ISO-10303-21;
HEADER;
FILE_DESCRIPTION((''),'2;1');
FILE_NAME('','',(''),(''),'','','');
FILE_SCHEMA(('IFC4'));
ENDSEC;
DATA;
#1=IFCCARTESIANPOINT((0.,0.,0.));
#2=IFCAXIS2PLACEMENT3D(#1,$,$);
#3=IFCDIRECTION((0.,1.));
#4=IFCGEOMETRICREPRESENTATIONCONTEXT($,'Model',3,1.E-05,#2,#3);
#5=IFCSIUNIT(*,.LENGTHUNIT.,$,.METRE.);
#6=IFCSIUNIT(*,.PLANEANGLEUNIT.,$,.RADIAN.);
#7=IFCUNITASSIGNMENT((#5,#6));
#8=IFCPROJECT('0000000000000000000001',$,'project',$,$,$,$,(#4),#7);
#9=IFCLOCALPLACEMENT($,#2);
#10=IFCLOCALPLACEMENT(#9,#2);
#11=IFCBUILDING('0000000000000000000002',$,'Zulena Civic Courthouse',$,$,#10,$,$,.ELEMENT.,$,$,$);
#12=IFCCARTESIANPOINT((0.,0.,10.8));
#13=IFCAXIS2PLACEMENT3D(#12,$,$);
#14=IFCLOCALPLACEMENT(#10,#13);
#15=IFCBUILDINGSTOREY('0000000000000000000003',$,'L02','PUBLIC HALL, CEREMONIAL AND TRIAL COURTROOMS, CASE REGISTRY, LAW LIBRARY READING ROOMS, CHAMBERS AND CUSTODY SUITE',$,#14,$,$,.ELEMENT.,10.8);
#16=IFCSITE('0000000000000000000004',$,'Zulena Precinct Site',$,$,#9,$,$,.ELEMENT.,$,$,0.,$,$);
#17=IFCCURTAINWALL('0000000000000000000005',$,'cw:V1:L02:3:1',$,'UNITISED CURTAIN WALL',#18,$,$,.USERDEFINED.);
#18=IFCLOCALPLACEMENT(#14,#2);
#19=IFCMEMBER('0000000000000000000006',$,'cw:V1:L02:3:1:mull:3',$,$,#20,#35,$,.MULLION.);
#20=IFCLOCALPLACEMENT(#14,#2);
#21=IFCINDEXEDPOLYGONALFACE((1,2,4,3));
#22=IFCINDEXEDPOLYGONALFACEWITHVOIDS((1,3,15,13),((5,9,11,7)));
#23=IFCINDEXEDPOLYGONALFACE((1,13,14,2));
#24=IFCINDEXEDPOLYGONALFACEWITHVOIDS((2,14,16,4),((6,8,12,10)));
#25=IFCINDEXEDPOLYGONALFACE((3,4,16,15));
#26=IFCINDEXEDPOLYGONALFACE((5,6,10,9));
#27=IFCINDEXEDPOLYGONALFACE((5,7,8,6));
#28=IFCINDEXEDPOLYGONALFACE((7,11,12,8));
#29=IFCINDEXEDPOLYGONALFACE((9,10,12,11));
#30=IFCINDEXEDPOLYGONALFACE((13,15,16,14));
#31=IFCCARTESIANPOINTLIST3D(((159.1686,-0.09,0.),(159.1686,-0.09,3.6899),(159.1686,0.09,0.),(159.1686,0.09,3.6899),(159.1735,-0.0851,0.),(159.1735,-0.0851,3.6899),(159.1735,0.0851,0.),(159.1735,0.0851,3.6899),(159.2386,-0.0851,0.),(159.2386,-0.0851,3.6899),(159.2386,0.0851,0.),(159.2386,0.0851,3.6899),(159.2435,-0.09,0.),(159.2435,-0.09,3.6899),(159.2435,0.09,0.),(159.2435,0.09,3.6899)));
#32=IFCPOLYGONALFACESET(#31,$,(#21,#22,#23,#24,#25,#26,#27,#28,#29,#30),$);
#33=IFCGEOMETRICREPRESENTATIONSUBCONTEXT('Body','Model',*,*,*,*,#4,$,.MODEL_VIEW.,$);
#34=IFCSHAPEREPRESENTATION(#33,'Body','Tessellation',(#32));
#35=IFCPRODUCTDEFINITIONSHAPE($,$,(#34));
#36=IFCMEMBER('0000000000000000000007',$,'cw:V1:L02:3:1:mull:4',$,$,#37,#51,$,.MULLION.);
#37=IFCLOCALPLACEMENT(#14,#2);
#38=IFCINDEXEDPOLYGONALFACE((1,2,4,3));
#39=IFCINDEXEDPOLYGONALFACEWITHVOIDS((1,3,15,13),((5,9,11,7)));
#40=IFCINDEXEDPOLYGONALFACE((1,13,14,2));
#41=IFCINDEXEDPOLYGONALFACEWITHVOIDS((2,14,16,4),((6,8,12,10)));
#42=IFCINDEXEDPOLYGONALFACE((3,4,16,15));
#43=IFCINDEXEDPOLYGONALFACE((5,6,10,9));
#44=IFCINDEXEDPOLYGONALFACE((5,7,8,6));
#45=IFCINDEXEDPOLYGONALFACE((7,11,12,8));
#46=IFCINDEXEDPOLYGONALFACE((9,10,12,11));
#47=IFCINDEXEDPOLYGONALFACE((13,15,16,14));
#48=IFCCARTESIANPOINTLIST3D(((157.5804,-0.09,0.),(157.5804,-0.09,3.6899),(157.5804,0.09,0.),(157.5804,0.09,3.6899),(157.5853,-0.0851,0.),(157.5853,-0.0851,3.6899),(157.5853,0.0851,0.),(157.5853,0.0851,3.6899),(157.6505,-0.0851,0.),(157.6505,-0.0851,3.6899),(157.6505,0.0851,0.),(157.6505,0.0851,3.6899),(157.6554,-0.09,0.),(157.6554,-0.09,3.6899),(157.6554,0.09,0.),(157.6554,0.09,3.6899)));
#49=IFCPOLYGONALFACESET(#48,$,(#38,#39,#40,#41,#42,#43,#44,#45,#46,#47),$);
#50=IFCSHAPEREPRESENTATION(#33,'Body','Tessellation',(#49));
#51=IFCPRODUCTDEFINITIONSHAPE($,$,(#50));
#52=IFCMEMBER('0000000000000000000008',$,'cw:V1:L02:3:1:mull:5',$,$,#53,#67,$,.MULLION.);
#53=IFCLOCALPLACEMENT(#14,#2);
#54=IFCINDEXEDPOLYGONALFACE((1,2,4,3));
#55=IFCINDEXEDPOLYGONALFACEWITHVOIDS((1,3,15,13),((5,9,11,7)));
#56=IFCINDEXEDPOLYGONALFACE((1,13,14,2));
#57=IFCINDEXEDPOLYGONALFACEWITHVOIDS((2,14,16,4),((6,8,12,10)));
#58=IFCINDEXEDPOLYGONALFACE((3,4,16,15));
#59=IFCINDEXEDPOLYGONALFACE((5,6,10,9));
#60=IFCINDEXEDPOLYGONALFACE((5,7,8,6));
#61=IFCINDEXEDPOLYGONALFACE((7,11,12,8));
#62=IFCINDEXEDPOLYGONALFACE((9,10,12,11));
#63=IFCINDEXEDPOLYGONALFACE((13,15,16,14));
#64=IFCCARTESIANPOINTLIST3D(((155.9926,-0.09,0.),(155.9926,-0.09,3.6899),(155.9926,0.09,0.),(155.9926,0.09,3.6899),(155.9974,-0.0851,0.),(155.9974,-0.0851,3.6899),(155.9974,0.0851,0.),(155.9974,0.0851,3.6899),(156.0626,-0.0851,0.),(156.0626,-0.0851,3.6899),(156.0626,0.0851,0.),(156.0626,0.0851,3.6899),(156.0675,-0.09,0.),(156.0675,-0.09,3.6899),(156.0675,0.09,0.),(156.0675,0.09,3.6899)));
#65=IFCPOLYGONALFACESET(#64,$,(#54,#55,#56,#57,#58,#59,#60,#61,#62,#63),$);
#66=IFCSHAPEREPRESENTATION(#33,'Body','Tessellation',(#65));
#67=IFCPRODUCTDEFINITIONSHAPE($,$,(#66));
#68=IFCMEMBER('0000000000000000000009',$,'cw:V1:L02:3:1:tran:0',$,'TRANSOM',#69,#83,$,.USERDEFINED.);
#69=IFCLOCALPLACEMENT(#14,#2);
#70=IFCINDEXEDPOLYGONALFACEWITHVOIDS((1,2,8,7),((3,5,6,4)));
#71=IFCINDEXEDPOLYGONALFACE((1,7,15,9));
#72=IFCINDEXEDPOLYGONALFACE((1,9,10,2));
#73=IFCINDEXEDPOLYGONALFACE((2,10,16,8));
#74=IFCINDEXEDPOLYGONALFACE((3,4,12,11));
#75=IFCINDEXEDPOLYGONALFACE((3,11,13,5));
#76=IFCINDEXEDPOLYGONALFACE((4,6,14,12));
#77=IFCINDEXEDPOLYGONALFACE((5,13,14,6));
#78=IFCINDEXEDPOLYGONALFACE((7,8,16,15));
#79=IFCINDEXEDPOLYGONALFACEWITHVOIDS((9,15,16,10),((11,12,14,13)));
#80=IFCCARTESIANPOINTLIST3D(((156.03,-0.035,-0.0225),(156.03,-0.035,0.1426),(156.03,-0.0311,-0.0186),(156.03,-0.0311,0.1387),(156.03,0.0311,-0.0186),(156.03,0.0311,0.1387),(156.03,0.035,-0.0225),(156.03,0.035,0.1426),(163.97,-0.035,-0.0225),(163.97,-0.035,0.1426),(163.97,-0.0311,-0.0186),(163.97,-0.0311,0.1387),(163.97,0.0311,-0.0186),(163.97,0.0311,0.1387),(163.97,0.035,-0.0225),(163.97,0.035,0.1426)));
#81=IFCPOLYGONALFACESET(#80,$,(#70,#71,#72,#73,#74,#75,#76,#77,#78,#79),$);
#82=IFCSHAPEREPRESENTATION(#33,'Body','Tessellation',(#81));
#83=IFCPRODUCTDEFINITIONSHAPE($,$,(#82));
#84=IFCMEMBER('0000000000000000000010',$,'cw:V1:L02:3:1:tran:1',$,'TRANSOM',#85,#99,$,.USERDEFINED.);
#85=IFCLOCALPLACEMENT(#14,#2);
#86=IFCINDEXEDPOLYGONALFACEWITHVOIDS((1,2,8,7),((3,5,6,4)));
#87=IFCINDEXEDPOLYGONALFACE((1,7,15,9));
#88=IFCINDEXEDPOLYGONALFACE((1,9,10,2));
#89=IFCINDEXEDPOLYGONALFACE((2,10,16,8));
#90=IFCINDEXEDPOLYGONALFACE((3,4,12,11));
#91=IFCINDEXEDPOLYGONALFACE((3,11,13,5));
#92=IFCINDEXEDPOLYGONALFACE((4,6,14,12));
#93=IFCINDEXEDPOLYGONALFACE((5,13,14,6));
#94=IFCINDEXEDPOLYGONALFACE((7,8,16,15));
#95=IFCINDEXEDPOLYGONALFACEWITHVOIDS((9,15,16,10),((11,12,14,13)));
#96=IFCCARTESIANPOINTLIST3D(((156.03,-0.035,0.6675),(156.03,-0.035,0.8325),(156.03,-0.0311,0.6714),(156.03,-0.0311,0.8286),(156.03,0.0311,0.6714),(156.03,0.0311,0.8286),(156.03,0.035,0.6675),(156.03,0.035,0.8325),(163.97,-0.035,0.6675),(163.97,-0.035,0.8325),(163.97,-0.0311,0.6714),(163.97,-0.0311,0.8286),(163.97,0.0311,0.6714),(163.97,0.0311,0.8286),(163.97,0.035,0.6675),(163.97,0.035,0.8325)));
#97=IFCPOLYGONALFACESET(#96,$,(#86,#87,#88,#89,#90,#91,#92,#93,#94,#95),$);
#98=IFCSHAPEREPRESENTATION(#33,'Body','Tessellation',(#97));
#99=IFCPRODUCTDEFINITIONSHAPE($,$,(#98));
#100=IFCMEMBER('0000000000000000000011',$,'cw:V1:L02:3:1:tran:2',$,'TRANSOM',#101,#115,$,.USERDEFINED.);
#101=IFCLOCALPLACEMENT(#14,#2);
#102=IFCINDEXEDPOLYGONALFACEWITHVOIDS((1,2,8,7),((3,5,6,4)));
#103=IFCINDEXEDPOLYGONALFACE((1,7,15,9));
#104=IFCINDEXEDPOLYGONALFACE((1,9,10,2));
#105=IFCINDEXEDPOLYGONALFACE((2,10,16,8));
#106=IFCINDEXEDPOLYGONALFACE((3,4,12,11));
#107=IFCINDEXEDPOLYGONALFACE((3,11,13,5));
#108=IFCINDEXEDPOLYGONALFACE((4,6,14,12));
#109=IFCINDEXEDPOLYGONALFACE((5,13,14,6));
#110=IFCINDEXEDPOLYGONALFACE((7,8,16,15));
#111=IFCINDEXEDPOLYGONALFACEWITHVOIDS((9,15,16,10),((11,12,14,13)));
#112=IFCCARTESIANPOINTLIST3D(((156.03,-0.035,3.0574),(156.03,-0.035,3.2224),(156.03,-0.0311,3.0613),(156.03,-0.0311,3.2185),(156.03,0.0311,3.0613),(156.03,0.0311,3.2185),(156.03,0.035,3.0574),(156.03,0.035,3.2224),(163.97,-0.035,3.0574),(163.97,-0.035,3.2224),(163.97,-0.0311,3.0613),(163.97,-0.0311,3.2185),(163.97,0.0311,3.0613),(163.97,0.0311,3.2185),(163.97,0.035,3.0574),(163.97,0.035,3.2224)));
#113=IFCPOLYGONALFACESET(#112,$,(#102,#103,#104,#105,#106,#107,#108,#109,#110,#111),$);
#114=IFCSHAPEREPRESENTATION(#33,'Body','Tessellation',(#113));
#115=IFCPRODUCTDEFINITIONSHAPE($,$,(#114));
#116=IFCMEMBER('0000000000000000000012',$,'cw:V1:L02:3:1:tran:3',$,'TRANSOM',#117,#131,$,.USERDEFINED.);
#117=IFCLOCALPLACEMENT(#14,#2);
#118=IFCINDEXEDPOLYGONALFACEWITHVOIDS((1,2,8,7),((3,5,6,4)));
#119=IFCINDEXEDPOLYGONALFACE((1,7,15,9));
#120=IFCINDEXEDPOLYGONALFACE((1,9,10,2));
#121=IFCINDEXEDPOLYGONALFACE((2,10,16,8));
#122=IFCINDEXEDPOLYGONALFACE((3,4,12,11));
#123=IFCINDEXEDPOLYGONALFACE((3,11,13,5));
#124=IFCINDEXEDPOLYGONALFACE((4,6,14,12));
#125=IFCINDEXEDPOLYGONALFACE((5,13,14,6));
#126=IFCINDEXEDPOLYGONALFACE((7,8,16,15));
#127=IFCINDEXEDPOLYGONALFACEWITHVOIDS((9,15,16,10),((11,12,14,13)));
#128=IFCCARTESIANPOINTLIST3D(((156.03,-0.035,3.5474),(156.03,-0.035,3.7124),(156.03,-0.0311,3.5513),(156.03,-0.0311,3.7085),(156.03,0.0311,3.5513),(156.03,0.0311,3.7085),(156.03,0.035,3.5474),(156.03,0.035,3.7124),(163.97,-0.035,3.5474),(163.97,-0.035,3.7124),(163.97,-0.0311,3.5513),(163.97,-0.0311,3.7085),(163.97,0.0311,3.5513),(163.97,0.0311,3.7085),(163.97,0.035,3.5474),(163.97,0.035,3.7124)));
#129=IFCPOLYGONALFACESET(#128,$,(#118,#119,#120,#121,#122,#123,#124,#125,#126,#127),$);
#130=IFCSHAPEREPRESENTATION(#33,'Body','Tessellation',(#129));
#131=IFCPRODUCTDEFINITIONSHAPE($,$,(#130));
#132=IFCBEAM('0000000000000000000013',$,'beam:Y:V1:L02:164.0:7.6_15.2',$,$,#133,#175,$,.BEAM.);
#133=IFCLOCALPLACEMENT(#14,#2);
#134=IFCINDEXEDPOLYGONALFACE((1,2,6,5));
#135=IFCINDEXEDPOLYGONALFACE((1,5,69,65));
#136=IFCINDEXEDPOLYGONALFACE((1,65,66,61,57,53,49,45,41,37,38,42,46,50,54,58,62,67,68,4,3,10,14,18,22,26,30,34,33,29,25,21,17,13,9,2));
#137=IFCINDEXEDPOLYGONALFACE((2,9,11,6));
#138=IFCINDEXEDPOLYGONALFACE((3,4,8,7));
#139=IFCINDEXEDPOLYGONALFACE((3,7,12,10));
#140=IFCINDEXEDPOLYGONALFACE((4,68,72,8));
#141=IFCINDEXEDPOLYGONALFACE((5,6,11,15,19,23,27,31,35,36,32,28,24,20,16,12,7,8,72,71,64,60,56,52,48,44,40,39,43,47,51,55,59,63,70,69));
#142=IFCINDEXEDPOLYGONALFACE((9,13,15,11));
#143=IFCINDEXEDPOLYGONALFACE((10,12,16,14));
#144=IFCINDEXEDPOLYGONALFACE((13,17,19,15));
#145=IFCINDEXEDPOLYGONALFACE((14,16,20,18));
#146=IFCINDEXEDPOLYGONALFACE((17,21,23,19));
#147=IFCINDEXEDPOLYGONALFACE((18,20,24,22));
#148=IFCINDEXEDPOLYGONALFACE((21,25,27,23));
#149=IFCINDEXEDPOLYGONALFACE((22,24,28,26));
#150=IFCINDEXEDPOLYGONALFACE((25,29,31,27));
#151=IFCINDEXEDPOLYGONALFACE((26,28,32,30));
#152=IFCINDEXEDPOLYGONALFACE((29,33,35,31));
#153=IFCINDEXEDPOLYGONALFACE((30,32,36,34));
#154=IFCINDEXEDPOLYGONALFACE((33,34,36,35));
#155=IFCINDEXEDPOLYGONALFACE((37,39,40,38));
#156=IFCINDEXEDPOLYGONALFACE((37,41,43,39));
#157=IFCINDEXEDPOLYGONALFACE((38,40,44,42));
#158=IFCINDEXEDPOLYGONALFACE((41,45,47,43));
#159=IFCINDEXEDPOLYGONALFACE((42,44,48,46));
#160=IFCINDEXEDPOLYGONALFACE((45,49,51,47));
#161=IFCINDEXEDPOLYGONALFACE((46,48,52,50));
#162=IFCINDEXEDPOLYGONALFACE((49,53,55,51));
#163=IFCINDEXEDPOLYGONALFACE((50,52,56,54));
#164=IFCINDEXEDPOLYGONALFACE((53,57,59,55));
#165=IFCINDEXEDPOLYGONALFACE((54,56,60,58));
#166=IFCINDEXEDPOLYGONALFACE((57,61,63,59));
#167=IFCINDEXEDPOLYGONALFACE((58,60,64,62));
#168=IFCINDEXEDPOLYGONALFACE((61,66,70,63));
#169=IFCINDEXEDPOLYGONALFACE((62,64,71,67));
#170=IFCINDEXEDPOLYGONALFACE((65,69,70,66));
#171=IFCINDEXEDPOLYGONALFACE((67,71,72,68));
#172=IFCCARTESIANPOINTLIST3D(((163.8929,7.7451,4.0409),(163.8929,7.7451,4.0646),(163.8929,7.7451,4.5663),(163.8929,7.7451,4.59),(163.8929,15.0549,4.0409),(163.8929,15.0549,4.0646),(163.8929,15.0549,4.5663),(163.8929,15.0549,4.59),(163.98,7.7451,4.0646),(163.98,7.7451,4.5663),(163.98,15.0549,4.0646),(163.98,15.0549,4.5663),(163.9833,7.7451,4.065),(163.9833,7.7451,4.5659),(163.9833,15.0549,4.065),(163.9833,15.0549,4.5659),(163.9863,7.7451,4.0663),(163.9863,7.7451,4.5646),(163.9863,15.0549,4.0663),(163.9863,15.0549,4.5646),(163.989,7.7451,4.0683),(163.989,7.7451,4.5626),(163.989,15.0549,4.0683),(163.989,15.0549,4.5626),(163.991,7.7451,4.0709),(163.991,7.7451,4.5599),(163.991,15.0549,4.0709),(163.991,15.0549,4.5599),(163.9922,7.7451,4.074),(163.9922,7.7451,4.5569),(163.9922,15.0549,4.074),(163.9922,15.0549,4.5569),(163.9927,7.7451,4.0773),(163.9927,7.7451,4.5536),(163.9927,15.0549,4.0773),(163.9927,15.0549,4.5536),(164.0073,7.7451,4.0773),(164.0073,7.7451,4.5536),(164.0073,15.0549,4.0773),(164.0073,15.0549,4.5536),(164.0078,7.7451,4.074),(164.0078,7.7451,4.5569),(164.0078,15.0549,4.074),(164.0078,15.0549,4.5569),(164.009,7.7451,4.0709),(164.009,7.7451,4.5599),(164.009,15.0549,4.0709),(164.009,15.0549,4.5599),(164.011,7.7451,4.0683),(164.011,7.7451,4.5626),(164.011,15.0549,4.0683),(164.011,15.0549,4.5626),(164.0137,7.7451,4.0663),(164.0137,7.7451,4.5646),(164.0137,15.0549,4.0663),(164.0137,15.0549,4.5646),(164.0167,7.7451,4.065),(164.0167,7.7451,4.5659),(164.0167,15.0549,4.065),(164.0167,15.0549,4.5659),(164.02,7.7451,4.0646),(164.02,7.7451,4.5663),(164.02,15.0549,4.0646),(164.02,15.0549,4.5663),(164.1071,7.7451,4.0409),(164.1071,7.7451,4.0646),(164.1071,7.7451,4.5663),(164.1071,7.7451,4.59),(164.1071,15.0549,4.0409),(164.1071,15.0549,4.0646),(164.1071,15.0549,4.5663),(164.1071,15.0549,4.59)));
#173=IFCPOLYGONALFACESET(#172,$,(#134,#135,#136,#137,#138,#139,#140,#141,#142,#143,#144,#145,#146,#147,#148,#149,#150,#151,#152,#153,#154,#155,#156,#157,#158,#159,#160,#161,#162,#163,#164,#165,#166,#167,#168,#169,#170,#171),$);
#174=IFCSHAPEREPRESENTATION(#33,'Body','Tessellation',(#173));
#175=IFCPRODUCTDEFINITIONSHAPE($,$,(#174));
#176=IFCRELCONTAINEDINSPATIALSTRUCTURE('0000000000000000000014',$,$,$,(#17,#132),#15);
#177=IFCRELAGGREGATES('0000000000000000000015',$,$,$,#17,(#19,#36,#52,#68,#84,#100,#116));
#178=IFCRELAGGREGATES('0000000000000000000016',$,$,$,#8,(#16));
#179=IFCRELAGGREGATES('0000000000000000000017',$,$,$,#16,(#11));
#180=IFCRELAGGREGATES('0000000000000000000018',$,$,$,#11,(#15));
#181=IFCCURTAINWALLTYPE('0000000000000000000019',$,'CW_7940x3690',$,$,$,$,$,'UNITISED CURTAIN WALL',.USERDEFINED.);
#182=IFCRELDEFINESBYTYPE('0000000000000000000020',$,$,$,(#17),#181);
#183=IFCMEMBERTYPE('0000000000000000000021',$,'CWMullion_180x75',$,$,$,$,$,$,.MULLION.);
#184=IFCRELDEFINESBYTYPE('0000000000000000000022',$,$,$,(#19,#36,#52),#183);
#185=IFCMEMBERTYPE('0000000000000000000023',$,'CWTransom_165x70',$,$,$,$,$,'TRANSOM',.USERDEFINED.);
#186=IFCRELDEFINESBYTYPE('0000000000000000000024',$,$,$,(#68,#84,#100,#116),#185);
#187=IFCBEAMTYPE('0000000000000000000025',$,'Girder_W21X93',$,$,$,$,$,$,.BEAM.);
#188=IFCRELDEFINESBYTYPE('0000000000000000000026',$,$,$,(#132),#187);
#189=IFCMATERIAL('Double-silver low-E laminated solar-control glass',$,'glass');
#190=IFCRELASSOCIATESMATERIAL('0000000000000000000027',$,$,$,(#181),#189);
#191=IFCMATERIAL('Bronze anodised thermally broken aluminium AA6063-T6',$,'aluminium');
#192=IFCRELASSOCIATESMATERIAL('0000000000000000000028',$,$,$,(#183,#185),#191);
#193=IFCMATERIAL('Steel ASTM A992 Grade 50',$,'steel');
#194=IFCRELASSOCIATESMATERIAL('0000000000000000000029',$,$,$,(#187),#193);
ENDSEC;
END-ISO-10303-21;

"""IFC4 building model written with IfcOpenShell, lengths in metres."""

from ifc_helpers import new_model, si_unit, direction, frame, origin, origin_2d, place, context, subcontext, project, spatial, hollow_rectangle, i_section, extrude, material, material_profile, profile_set, type_object, element, aggregate, save


model = new_model("IFC4")

# Units and contexts
model_context = context("Model", 3, precision=1e-05, world=origin(), true_north=direction((0.0, 1.0)))
body_context = subcontext(model_context, "Body", "Model", "MODEL_VIEW")
ifc_project = project(units=[si_unit("LENGTHUNIT", "METRE"), si_unit("PLANEANGLEUNIT", "RADIAN")], contexts=[model_context])

# Site, building, storey
site_placement = place(None, origin())
site = spatial("IfcSite", under=ifc_project, at=site_placement, Name="Zulena Precinct Site", CompositionType="ELEMENT", RefElevation=0.0)
building_placement = place(site_placement, origin())
building = spatial("IfcBuilding", under=site, at=building_placement, Name="Zulena Civic Courthouse", CompositionType="ELEMENT")
storey_placement = place(building_placement, frame((0.0, 0.0, 10.8)))
storey = spatial("IfcBuildingStorey", under=building, at=storey_placement, Name="L02", Description="PUBLIC HALL, CEREMONIAL AND TRIAL COURTROOMS, CASE REGISTRY, LAW LIBRARY READING ROOMS, CHAMBERS AND CUSTODY SUITE", CompositionType="ELEMENT", Elevation=10.8)

# Shared definitions
ifc_material_1 = material(Name="Steel ASTM A992 Grade 50", Category="steel")

# Curtain wall, members
ifc_material_2 = material(Name="Double-silver low-E laminated solar-control glass", Category="glass")
curtain_wall_type = type_object("IfcCurtainWallType", Name="CW_7940x3690", ElementType="UNITISED CURTAIN WALL", PredefinedType="USERDEFINED", material=ifc_material_2)
curtain_wall_placement = place(storey_placement, origin())
curtain_wall = element("IfcCurtainWall", 1, at=curtain_wall_placement, inside=storey, type_object=curtain_wall_type, Name="cw:V1:L02:3:1", ObjectType="UNITISED CURTAIN WALL", PredefinedType="USERDEFINED")
ifc_material_3 = material(Name="Bronze anodised thermally broken aluminium AA6063-T6", Category="aluminium")
ifc_material_profile_1 = material_profile(ifc_material_3, hollow_rectangle(XDim=0.075, YDim=0.1799, WallThickness=0.0049, at=origin_2d()), Name="CWM180X75X5")
ifc_profile_set_1 = profile_set([ifc_material_profile_1], Name="Bronze anodised thermally broken aluminium AA6063-T6")
member_type_1 = type_object("IfcMemberType", Name="CWMullion_180x75", PredefinedType="MULLION", material=ifc_profile_set_1)
member_1_placement = place(storey_placement, frame((159.2061, 0.0, 0.0), z_axis=(0.0, 0.0, 1.0), x_axis=(1.0, 0.0, 0.0)))
member_1 = element("IfcMember", 2, at=member_1_placement, type_object=member_type_1, Name="cw:V1:L02:3:1:mull:3", PredefinedType="MULLION", context=body_context, shape_type="SweptSolid", body=[
    extrude(hollow_rectangle(XDim=0.075, YDim=0.1799, WallThickness=0.0049, at=origin_2d()), origin(), (0.0, 0.0, 1.0), 3.6899),
])
member_2_placement = place(storey_placement, frame((157.6179, 0.0, 0.0), z_axis=(0.0, 0.0, 1.0), x_axis=(1.0, 0.0, 0.0)))
member_2 = element("IfcMember", 3, at=member_2_placement, type_object=member_type_1, Name="cw:V1:L02:3:1:mull:4", PredefinedType="MULLION", context=body_context, shape_type="SweptSolid", body=[
    extrude(hollow_rectangle(XDim=0.075, YDim=0.1799, WallThickness=0.0049, at=origin_2d()), origin(), (0.0, 0.0, 1.0), 3.6899),
])
member_3_placement = place(storey_placement, frame((156.03, 0.0, 0.0), z_axis=(0.0, 0.0, 1.0), x_axis=(1.0, 0.0, 0.0)))
member_3 = element("IfcMember", 4, at=member_3_placement, type_object=member_type_1, Name="cw:V1:L02:3:1:mull:5", PredefinedType="MULLION", context=body_context, shape_type="SweptSolid", body=[
    extrude(hollow_rectangle(XDim=0.075, YDim=0.1799, WallThickness=0.0049, at=origin_2d()), origin(), (0.0, 0.0, 1.0), 3.6899),
])
ifc_material_profile_2 = material_profile(ifc_material_3, hollow_rectangle(XDim=0.0701, YDim=0.165, WallThickness=0.0039, at=origin_2d()), Name="CWT165X70X4")
ifc_profile_set_2 = profile_set([ifc_material_profile_2], Name="Bronze anodised thermally broken aluminium AA6063-T6")
member_type_2 = type_object("IfcMemberType", Name="CWTransom_165x70", ElementType="TRANSOM", PredefinedType="USERDEFINED", material=ifc_profile_set_2)
member_4_placement = place(storey_placement, frame((163.97, 0.0, 0.0601), z_axis=(-1.0, 0.0, 0.0), x_axis=(0.0, -1.0, 0.0)))
member_4 = element("IfcMember", 5, at=member_4_placement, type_object=member_type_2, Name="cw:V1:L02:3:1:tran:0", ObjectType="TRANSOM", PredefinedType="USERDEFINED", context=body_context, shape_type="SweptSolid", body=[
    extrude(hollow_rectangle(XDim=0.0701, YDim=0.165, WallThickness=0.0039, at=origin_2d()), origin(), (0.0, 0.0, 1.0), 7.9399),
])
member_5_placement = place(storey_placement, frame((163.97, 0.0, 0.75), z_axis=(-1.0, 0.0, 0.0), x_axis=(0.0, -1.0, 0.0)))
member_5 = element("IfcMember", 6, at=member_5_placement, type_object=member_type_2, Name="cw:V1:L02:3:1:tran:1", ObjectType="TRANSOM", PredefinedType="USERDEFINED", context=body_context, shape_type="SweptSolid", body=[
    extrude(hollow_rectangle(XDim=0.0701, YDim=0.165, WallThickness=0.0039, at=origin_2d()), origin(), (0.0, 0.0, 1.0), 7.9399),
])
member_6_placement = place(storey_placement, frame((163.97, 0.0, 3.1399), z_axis=(-1.0, 0.0, 0.0), x_axis=(0.0, -1.0, 0.0)))
member_6 = element("IfcMember", 7, at=member_6_placement, type_object=member_type_2, Name="cw:V1:L02:3:1:tran:2", ObjectType="TRANSOM", PredefinedType="USERDEFINED", context=body_context, shape_type="SweptSolid", body=[
    extrude(hollow_rectangle(XDim=0.0701, YDim=0.165, WallThickness=0.0039, at=origin_2d()), origin(), (0.0, 0.0, 1.0), 7.9399),
])
member_7_placement = place(storey_placement, frame((163.97, 0.0, 3.6299), z_axis=(-1.0, 0.0, 0.0), x_axis=(0.0, -1.0, 0.0)))
member_7 = element("IfcMember", 8, at=member_7_placement, type_object=member_type_2, Name="cw:V1:L02:3:1:tran:3", ObjectType="TRANSOM", PredefinedType="USERDEFINED", context=body_context, shape_type="SweptSolid", body=[
    extrude(hollow_rectangle(XDim=0.0701, YDim=0.165, WallThickness=0.0039, at=origin_2d()), origin(), (0.0, 0.0, 1.0), 7.9399),
])

# Beam
ifc_material_profile_3 = material_profile(ifc_material_1, i_section(OverallWidth=0.2141, OverallDepth=0.5491, WebThickness=0.0146, FlangeThickness=0.0237, FilletRadius=0.0127, at=origin_2d()), Name="W21X93")
ifc_profile_set_3 = profile_set([ifc_material_profile_3], Name="Steel ASTM A992 Grade 50")
beam_type_1 = type_object("IfcBeamType", Name="Girder_W21X93", PredefinedType="BEAM", material=ifc_profile_set_3)
beam_1_placement = place(storey_placement, frame((164.0, 7.7451, 4.3154), z_axis=(0.0, 1.0, 0.0), x_axis=(-1.0, 0.0, 0.0)))
element("IfcBeam", 9, at=beam_1_placement, inside=storey, type_object=beam_type_1, Name="beam:Y:V1:L02:164.0:7.6_15.2", PredefinedType="BEAM", context=body_context, shape_type="SweptSolid", body=[
    extrude(i_section(OverallWidth=0.2141, OverallDepth=0.5491, WebThickness=0.0146, FlangeThickness=0.0237, FilletRadius=0.0127, at=origin_2d()), origin(), (0.0, 0.0, 1.0), 7.3098),
])

aggregate(curtain_wall, [member_1, member_2, member_3, member_4, member_5, member_6, member_7])

save(model, "model.ifc")
